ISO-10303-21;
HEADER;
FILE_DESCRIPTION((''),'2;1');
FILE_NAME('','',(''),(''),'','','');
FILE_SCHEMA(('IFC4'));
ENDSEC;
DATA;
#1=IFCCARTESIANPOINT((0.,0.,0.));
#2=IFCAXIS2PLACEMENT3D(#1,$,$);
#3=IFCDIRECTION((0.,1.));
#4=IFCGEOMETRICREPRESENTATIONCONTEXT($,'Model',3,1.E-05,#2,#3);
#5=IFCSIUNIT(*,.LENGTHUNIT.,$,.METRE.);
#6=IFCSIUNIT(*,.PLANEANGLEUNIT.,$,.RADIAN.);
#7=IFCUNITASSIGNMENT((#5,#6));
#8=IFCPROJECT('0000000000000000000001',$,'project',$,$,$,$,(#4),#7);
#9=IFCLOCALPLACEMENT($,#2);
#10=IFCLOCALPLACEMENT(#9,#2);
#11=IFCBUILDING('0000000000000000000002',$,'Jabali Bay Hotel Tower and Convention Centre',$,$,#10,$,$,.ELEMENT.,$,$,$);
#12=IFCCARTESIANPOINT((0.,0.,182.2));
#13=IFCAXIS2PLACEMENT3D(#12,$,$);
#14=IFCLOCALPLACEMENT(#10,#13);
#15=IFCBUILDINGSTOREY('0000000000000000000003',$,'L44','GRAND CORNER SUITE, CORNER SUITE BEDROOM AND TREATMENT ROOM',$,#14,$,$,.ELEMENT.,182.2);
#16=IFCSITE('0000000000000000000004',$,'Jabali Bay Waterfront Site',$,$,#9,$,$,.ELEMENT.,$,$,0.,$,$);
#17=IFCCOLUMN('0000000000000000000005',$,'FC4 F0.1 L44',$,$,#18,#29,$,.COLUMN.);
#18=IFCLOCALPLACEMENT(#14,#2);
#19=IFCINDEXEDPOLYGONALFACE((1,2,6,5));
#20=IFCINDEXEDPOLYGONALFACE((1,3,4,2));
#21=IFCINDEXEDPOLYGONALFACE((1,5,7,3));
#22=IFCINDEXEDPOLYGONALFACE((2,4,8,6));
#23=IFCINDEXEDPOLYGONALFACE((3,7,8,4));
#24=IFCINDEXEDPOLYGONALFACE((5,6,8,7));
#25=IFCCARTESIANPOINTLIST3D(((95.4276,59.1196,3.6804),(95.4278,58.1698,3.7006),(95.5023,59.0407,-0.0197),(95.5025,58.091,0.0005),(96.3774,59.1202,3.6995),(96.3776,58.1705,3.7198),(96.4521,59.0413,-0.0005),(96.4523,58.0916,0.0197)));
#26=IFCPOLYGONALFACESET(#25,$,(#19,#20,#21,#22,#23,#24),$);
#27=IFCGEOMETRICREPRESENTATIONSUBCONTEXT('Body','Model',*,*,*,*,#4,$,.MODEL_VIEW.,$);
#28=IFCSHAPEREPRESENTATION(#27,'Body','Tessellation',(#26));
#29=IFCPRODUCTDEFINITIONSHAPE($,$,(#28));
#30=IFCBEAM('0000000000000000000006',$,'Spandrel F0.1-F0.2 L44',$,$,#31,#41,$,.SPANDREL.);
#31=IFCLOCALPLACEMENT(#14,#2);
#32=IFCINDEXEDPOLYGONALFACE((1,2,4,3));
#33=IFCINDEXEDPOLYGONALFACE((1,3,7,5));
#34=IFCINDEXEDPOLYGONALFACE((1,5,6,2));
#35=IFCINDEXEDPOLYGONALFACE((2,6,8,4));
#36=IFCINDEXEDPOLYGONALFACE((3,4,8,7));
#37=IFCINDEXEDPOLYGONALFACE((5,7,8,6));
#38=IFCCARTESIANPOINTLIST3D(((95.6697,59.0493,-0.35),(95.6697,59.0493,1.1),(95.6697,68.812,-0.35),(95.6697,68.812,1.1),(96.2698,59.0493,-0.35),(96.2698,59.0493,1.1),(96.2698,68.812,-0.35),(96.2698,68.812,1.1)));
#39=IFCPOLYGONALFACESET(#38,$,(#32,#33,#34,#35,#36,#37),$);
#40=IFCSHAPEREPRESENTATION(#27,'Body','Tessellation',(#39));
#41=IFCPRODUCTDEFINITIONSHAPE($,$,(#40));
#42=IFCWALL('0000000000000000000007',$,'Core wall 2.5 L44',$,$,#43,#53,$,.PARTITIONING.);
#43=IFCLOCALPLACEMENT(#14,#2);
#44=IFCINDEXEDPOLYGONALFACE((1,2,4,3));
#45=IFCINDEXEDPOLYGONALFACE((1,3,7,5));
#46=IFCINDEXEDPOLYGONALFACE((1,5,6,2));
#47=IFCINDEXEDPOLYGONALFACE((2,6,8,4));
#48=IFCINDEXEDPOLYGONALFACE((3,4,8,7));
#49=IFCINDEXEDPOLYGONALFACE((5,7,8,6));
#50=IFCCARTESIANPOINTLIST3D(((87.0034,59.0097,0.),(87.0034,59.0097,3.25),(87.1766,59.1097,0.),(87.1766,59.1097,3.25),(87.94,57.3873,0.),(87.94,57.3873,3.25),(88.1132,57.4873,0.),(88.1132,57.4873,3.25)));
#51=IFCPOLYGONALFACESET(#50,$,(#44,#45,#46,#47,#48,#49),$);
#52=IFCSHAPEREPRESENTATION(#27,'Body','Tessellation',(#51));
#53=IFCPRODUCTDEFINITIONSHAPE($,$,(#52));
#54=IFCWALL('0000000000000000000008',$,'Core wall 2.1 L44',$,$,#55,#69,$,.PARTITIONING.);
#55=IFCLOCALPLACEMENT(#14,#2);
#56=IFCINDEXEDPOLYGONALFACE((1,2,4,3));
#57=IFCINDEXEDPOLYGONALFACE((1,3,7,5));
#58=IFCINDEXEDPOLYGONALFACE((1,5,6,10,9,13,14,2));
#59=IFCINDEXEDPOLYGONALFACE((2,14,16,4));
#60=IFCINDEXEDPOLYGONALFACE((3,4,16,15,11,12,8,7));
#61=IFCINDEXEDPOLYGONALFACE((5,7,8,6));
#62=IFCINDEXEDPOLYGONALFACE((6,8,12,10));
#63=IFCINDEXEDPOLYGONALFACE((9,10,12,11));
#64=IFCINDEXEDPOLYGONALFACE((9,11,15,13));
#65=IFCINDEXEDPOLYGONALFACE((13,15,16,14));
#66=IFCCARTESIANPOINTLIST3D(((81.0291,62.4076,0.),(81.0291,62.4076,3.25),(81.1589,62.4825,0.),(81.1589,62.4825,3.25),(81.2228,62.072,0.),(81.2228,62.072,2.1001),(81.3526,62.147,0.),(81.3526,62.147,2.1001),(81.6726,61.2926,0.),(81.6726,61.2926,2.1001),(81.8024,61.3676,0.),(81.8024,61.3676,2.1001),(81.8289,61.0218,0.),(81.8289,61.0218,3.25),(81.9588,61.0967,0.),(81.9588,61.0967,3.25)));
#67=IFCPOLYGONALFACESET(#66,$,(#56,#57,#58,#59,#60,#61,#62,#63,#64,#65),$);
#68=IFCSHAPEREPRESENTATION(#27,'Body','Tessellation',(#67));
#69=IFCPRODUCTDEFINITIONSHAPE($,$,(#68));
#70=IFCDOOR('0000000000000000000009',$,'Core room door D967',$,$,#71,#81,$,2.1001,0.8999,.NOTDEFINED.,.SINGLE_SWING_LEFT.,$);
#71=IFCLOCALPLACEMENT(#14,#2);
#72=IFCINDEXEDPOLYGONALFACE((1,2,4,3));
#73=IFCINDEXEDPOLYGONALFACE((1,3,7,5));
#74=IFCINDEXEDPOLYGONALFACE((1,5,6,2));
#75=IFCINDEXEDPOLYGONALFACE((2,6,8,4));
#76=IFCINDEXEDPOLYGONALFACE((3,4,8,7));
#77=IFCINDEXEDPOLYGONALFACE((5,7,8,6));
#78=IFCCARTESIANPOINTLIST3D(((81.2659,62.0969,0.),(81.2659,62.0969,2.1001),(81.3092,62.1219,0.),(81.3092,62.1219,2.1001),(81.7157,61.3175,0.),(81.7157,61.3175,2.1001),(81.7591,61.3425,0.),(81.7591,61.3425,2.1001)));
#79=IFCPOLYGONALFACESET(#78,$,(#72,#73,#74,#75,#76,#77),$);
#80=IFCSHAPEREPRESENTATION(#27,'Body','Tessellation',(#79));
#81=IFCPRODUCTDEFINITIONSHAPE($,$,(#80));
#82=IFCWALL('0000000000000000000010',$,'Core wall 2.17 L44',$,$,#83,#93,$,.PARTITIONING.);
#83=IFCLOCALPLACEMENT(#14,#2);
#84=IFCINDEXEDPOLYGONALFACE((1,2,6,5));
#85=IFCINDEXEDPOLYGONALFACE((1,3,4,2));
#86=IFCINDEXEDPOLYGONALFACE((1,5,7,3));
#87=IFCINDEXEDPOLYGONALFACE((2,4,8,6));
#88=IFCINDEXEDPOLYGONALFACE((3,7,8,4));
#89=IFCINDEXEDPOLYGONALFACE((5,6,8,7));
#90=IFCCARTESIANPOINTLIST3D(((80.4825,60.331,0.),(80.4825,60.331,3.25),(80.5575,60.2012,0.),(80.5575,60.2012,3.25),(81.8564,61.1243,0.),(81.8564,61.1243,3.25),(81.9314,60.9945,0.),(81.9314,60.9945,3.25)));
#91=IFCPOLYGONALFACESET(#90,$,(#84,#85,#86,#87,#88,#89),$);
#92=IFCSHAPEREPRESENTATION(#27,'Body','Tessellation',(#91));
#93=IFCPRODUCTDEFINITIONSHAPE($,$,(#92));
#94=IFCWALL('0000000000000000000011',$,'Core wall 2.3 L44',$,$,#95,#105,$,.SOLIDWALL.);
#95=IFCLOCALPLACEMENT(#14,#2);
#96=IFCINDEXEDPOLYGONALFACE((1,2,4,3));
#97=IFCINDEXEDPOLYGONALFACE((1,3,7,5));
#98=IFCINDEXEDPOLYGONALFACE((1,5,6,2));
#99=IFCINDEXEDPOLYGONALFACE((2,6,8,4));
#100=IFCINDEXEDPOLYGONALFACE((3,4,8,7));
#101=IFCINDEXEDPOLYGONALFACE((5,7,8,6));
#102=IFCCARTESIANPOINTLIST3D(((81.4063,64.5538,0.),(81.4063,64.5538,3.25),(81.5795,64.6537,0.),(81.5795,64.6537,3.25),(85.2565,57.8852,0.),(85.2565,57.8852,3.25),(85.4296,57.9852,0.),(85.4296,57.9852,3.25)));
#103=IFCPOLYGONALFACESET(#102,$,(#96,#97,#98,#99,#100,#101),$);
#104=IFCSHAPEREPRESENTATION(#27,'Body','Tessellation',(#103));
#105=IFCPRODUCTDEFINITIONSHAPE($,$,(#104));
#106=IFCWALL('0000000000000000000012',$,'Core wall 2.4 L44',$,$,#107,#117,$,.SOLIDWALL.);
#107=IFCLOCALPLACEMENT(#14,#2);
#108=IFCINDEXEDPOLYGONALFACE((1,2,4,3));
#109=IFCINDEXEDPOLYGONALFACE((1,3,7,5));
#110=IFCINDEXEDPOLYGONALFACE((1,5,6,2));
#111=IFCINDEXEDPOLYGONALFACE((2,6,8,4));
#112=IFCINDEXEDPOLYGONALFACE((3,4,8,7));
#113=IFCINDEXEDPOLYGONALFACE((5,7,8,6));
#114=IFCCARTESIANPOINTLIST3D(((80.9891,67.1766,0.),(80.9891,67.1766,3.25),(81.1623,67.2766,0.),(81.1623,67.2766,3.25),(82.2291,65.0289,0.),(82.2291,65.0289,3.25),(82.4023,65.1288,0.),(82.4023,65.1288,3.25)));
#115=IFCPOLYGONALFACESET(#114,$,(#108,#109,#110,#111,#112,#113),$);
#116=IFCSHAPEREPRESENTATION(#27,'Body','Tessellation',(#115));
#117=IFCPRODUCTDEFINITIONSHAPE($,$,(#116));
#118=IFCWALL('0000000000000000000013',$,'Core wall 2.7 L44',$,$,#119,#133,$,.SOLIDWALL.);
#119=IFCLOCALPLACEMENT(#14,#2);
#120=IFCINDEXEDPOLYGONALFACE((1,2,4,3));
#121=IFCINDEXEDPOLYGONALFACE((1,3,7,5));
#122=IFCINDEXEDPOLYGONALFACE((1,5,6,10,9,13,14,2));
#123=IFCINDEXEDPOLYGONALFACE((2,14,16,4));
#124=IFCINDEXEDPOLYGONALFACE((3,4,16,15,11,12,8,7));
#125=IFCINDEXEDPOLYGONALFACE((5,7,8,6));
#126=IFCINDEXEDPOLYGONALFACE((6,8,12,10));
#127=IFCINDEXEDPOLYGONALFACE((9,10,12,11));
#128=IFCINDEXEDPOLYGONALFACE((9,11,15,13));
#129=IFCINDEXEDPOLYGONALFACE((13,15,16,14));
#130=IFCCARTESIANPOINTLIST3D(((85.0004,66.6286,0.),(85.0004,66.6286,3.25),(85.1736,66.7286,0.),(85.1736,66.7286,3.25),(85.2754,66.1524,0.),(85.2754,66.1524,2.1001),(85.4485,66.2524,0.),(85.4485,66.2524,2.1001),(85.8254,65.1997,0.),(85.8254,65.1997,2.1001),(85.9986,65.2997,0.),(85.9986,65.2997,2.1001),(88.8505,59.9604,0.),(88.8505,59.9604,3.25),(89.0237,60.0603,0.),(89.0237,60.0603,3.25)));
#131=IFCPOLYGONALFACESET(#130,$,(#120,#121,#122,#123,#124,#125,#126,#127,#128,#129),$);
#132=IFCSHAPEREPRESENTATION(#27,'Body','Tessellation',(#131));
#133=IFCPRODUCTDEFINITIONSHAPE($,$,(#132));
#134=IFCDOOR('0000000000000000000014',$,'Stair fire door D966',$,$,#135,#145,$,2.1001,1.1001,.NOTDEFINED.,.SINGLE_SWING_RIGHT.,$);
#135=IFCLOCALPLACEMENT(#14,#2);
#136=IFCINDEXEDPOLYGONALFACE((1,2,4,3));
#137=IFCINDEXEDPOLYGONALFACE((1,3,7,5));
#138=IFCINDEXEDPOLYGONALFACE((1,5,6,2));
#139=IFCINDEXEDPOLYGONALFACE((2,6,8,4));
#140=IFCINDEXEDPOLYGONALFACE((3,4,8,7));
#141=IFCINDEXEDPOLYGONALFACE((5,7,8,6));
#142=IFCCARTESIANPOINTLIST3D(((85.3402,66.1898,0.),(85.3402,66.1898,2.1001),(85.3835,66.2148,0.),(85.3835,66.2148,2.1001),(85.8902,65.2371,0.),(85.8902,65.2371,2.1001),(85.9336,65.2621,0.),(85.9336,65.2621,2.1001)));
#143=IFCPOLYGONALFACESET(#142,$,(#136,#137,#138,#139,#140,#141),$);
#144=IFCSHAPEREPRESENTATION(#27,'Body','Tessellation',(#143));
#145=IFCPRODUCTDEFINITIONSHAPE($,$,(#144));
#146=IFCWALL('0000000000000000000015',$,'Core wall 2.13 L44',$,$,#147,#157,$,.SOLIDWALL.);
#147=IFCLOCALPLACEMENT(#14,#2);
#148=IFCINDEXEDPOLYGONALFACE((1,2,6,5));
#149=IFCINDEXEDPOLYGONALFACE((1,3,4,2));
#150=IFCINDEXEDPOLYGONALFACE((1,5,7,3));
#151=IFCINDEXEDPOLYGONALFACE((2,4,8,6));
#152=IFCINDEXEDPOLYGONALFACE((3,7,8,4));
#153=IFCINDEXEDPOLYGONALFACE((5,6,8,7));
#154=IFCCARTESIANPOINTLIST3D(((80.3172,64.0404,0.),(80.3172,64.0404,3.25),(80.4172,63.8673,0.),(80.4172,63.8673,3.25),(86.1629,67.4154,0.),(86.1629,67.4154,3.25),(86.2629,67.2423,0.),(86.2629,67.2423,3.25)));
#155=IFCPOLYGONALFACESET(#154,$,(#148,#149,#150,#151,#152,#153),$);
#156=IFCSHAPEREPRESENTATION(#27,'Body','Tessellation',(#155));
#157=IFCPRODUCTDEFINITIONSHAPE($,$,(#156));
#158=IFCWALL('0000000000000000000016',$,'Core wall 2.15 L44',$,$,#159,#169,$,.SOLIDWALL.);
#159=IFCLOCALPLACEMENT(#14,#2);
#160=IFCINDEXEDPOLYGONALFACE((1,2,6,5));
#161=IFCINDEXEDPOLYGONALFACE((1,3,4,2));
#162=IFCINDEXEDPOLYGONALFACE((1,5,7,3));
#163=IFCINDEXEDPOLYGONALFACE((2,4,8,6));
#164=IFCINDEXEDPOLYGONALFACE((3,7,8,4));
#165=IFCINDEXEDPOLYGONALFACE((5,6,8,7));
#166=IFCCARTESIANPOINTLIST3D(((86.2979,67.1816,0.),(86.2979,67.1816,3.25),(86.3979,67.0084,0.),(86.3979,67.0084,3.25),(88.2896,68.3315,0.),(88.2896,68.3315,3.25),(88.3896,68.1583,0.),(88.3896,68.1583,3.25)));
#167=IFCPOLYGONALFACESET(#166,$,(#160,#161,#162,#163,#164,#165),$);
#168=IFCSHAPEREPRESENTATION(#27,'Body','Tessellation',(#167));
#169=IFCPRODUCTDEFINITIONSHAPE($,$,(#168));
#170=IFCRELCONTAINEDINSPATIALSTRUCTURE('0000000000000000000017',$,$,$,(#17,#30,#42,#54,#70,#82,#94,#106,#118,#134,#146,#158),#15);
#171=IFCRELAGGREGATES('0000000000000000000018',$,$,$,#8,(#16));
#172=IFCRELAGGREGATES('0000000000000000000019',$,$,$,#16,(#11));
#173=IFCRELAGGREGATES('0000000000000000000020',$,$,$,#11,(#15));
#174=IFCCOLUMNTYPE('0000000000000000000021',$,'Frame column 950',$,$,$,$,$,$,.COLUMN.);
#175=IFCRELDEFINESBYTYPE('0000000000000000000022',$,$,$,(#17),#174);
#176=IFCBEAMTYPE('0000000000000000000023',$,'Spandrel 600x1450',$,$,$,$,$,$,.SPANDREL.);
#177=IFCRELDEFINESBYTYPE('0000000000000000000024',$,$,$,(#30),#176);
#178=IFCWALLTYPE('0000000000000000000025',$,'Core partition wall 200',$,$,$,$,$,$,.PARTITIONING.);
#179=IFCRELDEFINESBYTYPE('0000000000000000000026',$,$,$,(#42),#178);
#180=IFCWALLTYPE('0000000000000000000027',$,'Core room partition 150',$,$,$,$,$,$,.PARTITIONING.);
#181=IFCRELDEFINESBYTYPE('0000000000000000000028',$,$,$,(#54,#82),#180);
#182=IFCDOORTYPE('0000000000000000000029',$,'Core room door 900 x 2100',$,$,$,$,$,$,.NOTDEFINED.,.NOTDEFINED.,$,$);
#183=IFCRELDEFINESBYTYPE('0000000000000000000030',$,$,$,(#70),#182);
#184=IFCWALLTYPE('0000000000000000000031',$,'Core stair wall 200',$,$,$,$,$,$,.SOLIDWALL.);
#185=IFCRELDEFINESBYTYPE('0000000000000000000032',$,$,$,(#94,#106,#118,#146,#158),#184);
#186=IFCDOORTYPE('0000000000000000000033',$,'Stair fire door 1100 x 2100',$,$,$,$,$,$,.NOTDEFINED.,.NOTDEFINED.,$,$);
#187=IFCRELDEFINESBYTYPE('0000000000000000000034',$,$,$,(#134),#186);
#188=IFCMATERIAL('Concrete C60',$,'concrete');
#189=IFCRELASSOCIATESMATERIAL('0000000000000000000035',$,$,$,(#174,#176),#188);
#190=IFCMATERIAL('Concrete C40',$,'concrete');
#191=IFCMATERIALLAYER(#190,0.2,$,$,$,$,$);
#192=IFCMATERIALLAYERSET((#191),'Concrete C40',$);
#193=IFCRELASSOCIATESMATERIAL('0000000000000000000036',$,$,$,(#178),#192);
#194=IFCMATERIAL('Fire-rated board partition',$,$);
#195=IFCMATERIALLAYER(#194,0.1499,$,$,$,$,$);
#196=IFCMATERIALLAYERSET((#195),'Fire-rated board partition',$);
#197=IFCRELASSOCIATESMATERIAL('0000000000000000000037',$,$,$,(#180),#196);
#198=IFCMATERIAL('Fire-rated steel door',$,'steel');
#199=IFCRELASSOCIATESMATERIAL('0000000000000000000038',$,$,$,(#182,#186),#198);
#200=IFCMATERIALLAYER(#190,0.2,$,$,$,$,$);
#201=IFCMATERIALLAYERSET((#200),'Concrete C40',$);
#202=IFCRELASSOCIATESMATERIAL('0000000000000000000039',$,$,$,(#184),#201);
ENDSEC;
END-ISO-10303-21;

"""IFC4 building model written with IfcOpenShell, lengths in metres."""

from ifc_helpers import new_model, si_unit, direction, frame, frame_2d, origin, origin_2d, place, context, subcontext, project, spatial, rectangle, extrude, material, layer, layer_set, material_profile, profile_set, type_object, element, fill, save


model = new_model("IFC4")

# Units and contexts
model_context = context("Model", 3, precision=1e-05, world=origin(), true_north=direction((0.0, 1.0)))
body_context = subcontext(model_context, "Body", "Model", "MODEL_VIEW")
ifc_project = project(units=[si_unit("LENGTHUNIT", "METRE"), si_unit("PLANEANGLEUNIT", "RADIAN")], contexts=[model_context])

# Site, building, storey
site_placement = place(None, origin())
site = spatial("IfcSite", under=ifc_project, at=site_placement, Name="Jabali Bay Waterfront Site", CompositionType="ELEMENT", RefElevation=0.0)
building_placement = place(site_placement, origin())
building = spatial("IfcBuilding", under=site, at=building_placement, Name="Jabali Bay Hotel Tower and Convention Centre", CompositionType="ELEMENT")
storey_placement = place(building_placement, frame((0.0, 0.0, 182.2)))
storey = spatial("IfcBuildingStorey", under=building, at=storey_placement, Name="L44", Description="GRAND CORNER SUITE, CORNER SUITE BEDROOM AND TREATMENT ROOM", CompositionType="ELEMENT", Elevation=182.2)

# Column
ifc_material_1 = material(Name="Concrete C60", Category="concrete")
ifc_material_profile_1 = material_profile(ifc_material_1, rectangle(XDim=0.95, YDim=0.95, at=origin_2d()), Name="Frame column 950")
ifc_profile_set_1 = profile_set([ifc_material_profile_1], Name="Concrete C60")
column_type = type_object("IfcColumnType", Name="Frame column 950", PredefinedType="COLUMN", material=ifc_profile_set_1)
column_placement = place(storey_placement, frame((95.9773, 58.5662, 0.0), z_axis=(-0.020183, 0.021304, 0.999569), x_axis=(0.000228, -0.999773, 0.021313)))
element("IfcColumn", 1, at=column_placement, inside=storey, type_object=column_type, Name="FC4 F0.1 L44", PredefinedType="COLUMN", context=body_context, shape_type="SweptSolid", body=[
    extrude(rectangle(XDim=0.95, YDim=0.95, at=origin_2d()), origin(), (0.0, 0.0, 1.0), 3.7017),
])

# Beam
ifc_material_profile_2 = material_profile(ifc_material_1, rectangle(XDim=0.6001, YDim=1.45, at=origin_2d()), Name="Spandrel 600x1450")
ifc_profile_set_2 = profile_set([ifc_material_profile_2], Name="Concrete C60")
beam_type = type_object("IfcBeamType", Name="Spandrel 600x1450", PredefinedType="SPANDREL", material=ifc_profile_set_2)
beam_placement = place(storey_placement, frame((95.9697, 59.0493, 0.375), z_axis=(0.0, 1.0, 0.0), x_axis=(-1.0, 0.0, 0.0)))
element("IfcBeam", 2, at=beam_placement, inside=storey, type_object=beam_type, Name="Spandrel F0.1-F0.2 L44", PredefinedType="SPANDREL", context=body_context, shape_type="SweptSolid", body=[
    extrude(rectangle(XDim=0.6001, YDim=1.45, at=origin_2d()), origin(), (0.0, 0.0, 1.0), 9.7627),
])

# Wall
ifc_material_2 = material(Name="Concrete C40", Category="concrete")
ifc_layer_1 = layer(ifc_material_2, 0.2)
ifc_layer_set_1 = layer_set([ifc_layer_1], Name="Concrete C40")
wall_type_1 = type_object("IfcWallType", Name="Core partition wall 200", PredefinedType="PARTITIONING", material=ifc_layer_set_1)
wall_1_placement = place(storey_placement, frame((87.0901, 59.0596, 0.0), z_axis=(0.0, 0.0, 1.0), x_axis=(0.499952, -0.866053, 0.0)))
element("IfcWall", 3, at=wall_1_placement, inside=storey, type_object=wall_type_1, Name="Core wall 2.5 L44", PredefinedType="PARTITIONING", context=body_context, shape_type="SweptSolid", body=[
    extrude(rectangle(XDim=1.8733, YDim=0.2, at=frame_2d((0.9365, 0.0))), origin(), (0.0, 0.0, 1.0), 3.25),
])

# Wall, opening, door
ifc_material_3 = material(Name="Fire-rated board partition")
ifc_layer_2 = layer(ifc_material_3, 0.1499)
ifc_layer_set_2 = layer_set([ifc_layer_2], Name="Fire-rated board partition")
wall_type_2 = type_object("IfcWallType", Name="Core room partition 150", PredefinedType="PARTITIONING", material=ifc_layer_set_2)
wall_2_placement = place(storey_placement, frame((81.094, 62.4451, 0.0), z_axis=(0.0, 0.0, 1.0), x_axis=(0.499881, -0.866094, 0.0)))
wall_2 = element("IfcWall", 4, at=wall_2_placement, inside=storey, type_object=wall_type_2, Name="Core wall 2.1 L44", PredefinedType="PARTITIONING", context=body_context, shape_type="SweptSolid", body=[
    extrude(rectangle(XDim=1.6001, YDim=0.1499, at=frame_2d((0.8, 0.0))), origin(), (0.0, 0.0, 1.0), 3.25),
])
opening_1_placement = place(wall_2_placement, frame((0.3875, 0.0, 0.0)))
opening_1 = element("IfcOpeningElement", 5, at=opening_1_placement, cuts=wall_2, PredefinedType="OPENING", context=body_context, shape_type="SweptSolid", body=[
    extrude(rectangle(XDim=0.8999, YDim=2.1001, at=frame_2d((0.45, 1.05))), frame((0.0, 0.0854, 0.0), z_axis=(0.0, -1.0, 0.0), x_axis=(1.0, 0.0, 0.0)), (0.0, 0.0, 1.0), 0.1709),
])
ifc_material_4 = material(Name="Fire-rated steel door", Category="steel")
door_type_1 = type_object("IfcDoorType", Name="Core room door 900 x 2100", OperationType="NOTDEFINED", PredefinedType="NOTDEFINED", material=ifc_material_4)
door_1_placement = place(opening_1_placement, origin())
door_1 = element("IfcDoor", 6, at=door_1_placement, inside=storey, type_object=door_type_1, Name="Core room door D967", OperationType="SINGLE_SWING_LEFT", OverallHeight=2.1001, OverallWidth=0.8999, PredefinedType="NOTDEFINED", context=body_context, shape_type="SweptSolid", body=[
    extrude(rectangle(XDim=0.8999, YDim=2.1001, at=frame_2d((0.45, 1.05))), frame((0.0, 0.0249, 0.0), z_axis=(0.0, -1.0, 0.0), x_axis=(1.0, 0.0, 0.0)), (0.0, 0.0, 1.0), 0.05),
])
fill(opening_1, door_1)

# Walls
wall_3_placement = place(storey_placement, frame((80.52, 60.2661, 0.0), z_axis=(0.0, 0.0, 1.0), x_axis=(0.866009, 0.500029, 0.0)))
element("IfcWall", 7, at=wall_3_placement, inside=storey, type_object=wall_type_2, Name="Core wall 2.17 L44", PredefinedType="PARTITIONING", context=body_context, shape_type="SweptSolid", body=[
    extrude(rectangle(XDim=1.5864, YDim=0.1499, at=frame_2d((0.7932, 0.0))), origin(), (0.0, 0.0, 1.0), 3.25),
])
ifc_layer_3 = layer(ifc_material_2, 0.2)
ifc_layer_set_3 = layer_set([ifc_layer_3], Name="Concrete C40")
wall_type_3 = type_object("IfcWallType", Name="Core stair wall 200", PredefinedType="SOLIDWALL", material=ifc_layer_set_3)
wall_4_placement = place(storey_placement, frame((81.4929, 64.6038, 0.0), z_axis=(0.0, 0.0, 1.0), x_axis=(0.500006, -0.866022, 0.0)))
element("IfcWall", 8, at=wall_4_placement, inside=storey, type_object=wall_type_3, Name="Core wall 2.3 L44", PredefinedType="SOLIDWALL", context=body_context, shape_type="SweptSolid", body=[
    extrude(rectangle(XDim=7.7002, YDim=0.2, at=frame_2d((3.8501, 0.0))), origin(), (0.0, 0.0, 1.0), 3.25),
])
wall_5_placement = place(storey_placement, frame((81.0757, 67.2266, 0.0), z_axis=(0.0, 0.0, 1.0), x_axis=(0.500004, -0.866023, 0.0)))
element("IfcWall", 9, at=wall_5_placement, inside=storey, type_object=wall_type_3, Name="Core wall 2.4 L44", PredefinedType="SOLIDWALL", context=body_context, shape_type="SweptSolid", body=[
    extrude(rectangle(XDim=2.48, YDim=0.2, at=frame_2d((1.24, 0.0))), origin(), (0.0, 0.0, 1.0), 3.25),
])

# Wall, opening, door
wall_6_placement = place(storey_placement, frame((85.0869, 66.6787, 0.0), z_axis=(0.0, 0.0, 1.0), x_axis=(0.50002, -0.866014, 0.0)))
wall_6 = element("IfcWall", 10, at=wall_6_placement, inside=storey, type_object=wall_type_3, Name="Core wall 2.7 L44", PredefinedType="SOLIDWALL", context=body_context, shape_type="SweptSolid", body=[
    extrude(rectangle(XDim=7.7, YDim=0.2, at=frame_2d((3.8501, 0.0))), origin(), (0.0, 0.0, 1.0), 3.25),
])
opening_2_placement = place(wall_6_placement, frame((0.55, 0.0, 0.0)))
opening_2 = element("IfcOpeningElement", 11, at=opening_2_placement, cuts=wall_6, PredefinedType="OPENING", context=body_context, shape_type="SweptSolid", body=[
    extrude(rectangle(XDim=1.1001, YDim=2.1001, at=frame_2d((0.55, 1.05))), frame((0.0, 0.1104, 0.0), z_axis=(0.0, -1.0, 0.0), x_axis=(1.0, 0.0, 0.0)), (0.0, 0.0, 1.0), 0.2209),
])
door_type_2 = type_object("IfcDoorType", Name="Stair fire door 1100 x 2100", OperationType="NOTDEFINED", PredefinedType="NOTDEFINED", material=ifc_material_4)
door_2_placement = place(opening_2_placement, origin())
door_2 = element("IfcDoor", 12, at=door_2_placement, inside=storey, type_object=door_type_2, Name="Stair fire door D966", OperationType="SINGLE_SWING_RIGHT", OverallHeight=2.1001, OverallWidth=1.1001, PredefinedType="NOTDEFINED", context=body_context, shape_type="SweptSolid", body=[
    extrude(rectangle(XDim=1.1001, YDim=2.1001, at=frame_2d((0.55, 1.05))), frame((0.0, 0.0249, 0.0), z_axis=(0.0, -1.0, 0.0), x_axis=(1.0, 0.0, 0.0)), (0.0, 0.0, 1.0), 0.05),
])
fill(opening_2, door_2)

# Walls
wall_7_placement = place(storey_placement, frame((80.3672, 63.9539, 0.0), z_axis=(0.0, 0.0, 1.0), x_axis=(0.866027, 0.499998, 0.0)))
element("IfcWall", 13, at=wall_7_placement, inside=storey, type_object=wall_type_3, Name="Core wall 2.13 L44", PredefinedType="SOLIDWALL", context=body_context, shape_type="SweptSolid", body=[
    extrude(rectangle(XDim=6.75, YDim=0.2, at=frame_2d((3.375, 0.0))), origin(), (0.0, 0.0, 1.0), 3.25),
])
wall_8_placement = place(storey_placement, frame((86.3479, 67.095, 0.0), z_axis=(0.0, 0.0, 1.0), x_axis=(0.866026, 0.499998, 0.0)))
element("IfcWall", 14, at=wall_8_placement, inside=storey, type_object=wall_type_3, Name="Core wall 2.15 L44", PredefinedType="SOLIDWALL", context=body_context, shape_type="SweptSolid", body=[
    extrude(rectangle(XDim=2.2998, YDim=0.2, at=frame_2d((1.1499, 0.0))), origin(), (0.0, 0.0, 1.0), 3.25),
])

save(model, "model.ifc")
